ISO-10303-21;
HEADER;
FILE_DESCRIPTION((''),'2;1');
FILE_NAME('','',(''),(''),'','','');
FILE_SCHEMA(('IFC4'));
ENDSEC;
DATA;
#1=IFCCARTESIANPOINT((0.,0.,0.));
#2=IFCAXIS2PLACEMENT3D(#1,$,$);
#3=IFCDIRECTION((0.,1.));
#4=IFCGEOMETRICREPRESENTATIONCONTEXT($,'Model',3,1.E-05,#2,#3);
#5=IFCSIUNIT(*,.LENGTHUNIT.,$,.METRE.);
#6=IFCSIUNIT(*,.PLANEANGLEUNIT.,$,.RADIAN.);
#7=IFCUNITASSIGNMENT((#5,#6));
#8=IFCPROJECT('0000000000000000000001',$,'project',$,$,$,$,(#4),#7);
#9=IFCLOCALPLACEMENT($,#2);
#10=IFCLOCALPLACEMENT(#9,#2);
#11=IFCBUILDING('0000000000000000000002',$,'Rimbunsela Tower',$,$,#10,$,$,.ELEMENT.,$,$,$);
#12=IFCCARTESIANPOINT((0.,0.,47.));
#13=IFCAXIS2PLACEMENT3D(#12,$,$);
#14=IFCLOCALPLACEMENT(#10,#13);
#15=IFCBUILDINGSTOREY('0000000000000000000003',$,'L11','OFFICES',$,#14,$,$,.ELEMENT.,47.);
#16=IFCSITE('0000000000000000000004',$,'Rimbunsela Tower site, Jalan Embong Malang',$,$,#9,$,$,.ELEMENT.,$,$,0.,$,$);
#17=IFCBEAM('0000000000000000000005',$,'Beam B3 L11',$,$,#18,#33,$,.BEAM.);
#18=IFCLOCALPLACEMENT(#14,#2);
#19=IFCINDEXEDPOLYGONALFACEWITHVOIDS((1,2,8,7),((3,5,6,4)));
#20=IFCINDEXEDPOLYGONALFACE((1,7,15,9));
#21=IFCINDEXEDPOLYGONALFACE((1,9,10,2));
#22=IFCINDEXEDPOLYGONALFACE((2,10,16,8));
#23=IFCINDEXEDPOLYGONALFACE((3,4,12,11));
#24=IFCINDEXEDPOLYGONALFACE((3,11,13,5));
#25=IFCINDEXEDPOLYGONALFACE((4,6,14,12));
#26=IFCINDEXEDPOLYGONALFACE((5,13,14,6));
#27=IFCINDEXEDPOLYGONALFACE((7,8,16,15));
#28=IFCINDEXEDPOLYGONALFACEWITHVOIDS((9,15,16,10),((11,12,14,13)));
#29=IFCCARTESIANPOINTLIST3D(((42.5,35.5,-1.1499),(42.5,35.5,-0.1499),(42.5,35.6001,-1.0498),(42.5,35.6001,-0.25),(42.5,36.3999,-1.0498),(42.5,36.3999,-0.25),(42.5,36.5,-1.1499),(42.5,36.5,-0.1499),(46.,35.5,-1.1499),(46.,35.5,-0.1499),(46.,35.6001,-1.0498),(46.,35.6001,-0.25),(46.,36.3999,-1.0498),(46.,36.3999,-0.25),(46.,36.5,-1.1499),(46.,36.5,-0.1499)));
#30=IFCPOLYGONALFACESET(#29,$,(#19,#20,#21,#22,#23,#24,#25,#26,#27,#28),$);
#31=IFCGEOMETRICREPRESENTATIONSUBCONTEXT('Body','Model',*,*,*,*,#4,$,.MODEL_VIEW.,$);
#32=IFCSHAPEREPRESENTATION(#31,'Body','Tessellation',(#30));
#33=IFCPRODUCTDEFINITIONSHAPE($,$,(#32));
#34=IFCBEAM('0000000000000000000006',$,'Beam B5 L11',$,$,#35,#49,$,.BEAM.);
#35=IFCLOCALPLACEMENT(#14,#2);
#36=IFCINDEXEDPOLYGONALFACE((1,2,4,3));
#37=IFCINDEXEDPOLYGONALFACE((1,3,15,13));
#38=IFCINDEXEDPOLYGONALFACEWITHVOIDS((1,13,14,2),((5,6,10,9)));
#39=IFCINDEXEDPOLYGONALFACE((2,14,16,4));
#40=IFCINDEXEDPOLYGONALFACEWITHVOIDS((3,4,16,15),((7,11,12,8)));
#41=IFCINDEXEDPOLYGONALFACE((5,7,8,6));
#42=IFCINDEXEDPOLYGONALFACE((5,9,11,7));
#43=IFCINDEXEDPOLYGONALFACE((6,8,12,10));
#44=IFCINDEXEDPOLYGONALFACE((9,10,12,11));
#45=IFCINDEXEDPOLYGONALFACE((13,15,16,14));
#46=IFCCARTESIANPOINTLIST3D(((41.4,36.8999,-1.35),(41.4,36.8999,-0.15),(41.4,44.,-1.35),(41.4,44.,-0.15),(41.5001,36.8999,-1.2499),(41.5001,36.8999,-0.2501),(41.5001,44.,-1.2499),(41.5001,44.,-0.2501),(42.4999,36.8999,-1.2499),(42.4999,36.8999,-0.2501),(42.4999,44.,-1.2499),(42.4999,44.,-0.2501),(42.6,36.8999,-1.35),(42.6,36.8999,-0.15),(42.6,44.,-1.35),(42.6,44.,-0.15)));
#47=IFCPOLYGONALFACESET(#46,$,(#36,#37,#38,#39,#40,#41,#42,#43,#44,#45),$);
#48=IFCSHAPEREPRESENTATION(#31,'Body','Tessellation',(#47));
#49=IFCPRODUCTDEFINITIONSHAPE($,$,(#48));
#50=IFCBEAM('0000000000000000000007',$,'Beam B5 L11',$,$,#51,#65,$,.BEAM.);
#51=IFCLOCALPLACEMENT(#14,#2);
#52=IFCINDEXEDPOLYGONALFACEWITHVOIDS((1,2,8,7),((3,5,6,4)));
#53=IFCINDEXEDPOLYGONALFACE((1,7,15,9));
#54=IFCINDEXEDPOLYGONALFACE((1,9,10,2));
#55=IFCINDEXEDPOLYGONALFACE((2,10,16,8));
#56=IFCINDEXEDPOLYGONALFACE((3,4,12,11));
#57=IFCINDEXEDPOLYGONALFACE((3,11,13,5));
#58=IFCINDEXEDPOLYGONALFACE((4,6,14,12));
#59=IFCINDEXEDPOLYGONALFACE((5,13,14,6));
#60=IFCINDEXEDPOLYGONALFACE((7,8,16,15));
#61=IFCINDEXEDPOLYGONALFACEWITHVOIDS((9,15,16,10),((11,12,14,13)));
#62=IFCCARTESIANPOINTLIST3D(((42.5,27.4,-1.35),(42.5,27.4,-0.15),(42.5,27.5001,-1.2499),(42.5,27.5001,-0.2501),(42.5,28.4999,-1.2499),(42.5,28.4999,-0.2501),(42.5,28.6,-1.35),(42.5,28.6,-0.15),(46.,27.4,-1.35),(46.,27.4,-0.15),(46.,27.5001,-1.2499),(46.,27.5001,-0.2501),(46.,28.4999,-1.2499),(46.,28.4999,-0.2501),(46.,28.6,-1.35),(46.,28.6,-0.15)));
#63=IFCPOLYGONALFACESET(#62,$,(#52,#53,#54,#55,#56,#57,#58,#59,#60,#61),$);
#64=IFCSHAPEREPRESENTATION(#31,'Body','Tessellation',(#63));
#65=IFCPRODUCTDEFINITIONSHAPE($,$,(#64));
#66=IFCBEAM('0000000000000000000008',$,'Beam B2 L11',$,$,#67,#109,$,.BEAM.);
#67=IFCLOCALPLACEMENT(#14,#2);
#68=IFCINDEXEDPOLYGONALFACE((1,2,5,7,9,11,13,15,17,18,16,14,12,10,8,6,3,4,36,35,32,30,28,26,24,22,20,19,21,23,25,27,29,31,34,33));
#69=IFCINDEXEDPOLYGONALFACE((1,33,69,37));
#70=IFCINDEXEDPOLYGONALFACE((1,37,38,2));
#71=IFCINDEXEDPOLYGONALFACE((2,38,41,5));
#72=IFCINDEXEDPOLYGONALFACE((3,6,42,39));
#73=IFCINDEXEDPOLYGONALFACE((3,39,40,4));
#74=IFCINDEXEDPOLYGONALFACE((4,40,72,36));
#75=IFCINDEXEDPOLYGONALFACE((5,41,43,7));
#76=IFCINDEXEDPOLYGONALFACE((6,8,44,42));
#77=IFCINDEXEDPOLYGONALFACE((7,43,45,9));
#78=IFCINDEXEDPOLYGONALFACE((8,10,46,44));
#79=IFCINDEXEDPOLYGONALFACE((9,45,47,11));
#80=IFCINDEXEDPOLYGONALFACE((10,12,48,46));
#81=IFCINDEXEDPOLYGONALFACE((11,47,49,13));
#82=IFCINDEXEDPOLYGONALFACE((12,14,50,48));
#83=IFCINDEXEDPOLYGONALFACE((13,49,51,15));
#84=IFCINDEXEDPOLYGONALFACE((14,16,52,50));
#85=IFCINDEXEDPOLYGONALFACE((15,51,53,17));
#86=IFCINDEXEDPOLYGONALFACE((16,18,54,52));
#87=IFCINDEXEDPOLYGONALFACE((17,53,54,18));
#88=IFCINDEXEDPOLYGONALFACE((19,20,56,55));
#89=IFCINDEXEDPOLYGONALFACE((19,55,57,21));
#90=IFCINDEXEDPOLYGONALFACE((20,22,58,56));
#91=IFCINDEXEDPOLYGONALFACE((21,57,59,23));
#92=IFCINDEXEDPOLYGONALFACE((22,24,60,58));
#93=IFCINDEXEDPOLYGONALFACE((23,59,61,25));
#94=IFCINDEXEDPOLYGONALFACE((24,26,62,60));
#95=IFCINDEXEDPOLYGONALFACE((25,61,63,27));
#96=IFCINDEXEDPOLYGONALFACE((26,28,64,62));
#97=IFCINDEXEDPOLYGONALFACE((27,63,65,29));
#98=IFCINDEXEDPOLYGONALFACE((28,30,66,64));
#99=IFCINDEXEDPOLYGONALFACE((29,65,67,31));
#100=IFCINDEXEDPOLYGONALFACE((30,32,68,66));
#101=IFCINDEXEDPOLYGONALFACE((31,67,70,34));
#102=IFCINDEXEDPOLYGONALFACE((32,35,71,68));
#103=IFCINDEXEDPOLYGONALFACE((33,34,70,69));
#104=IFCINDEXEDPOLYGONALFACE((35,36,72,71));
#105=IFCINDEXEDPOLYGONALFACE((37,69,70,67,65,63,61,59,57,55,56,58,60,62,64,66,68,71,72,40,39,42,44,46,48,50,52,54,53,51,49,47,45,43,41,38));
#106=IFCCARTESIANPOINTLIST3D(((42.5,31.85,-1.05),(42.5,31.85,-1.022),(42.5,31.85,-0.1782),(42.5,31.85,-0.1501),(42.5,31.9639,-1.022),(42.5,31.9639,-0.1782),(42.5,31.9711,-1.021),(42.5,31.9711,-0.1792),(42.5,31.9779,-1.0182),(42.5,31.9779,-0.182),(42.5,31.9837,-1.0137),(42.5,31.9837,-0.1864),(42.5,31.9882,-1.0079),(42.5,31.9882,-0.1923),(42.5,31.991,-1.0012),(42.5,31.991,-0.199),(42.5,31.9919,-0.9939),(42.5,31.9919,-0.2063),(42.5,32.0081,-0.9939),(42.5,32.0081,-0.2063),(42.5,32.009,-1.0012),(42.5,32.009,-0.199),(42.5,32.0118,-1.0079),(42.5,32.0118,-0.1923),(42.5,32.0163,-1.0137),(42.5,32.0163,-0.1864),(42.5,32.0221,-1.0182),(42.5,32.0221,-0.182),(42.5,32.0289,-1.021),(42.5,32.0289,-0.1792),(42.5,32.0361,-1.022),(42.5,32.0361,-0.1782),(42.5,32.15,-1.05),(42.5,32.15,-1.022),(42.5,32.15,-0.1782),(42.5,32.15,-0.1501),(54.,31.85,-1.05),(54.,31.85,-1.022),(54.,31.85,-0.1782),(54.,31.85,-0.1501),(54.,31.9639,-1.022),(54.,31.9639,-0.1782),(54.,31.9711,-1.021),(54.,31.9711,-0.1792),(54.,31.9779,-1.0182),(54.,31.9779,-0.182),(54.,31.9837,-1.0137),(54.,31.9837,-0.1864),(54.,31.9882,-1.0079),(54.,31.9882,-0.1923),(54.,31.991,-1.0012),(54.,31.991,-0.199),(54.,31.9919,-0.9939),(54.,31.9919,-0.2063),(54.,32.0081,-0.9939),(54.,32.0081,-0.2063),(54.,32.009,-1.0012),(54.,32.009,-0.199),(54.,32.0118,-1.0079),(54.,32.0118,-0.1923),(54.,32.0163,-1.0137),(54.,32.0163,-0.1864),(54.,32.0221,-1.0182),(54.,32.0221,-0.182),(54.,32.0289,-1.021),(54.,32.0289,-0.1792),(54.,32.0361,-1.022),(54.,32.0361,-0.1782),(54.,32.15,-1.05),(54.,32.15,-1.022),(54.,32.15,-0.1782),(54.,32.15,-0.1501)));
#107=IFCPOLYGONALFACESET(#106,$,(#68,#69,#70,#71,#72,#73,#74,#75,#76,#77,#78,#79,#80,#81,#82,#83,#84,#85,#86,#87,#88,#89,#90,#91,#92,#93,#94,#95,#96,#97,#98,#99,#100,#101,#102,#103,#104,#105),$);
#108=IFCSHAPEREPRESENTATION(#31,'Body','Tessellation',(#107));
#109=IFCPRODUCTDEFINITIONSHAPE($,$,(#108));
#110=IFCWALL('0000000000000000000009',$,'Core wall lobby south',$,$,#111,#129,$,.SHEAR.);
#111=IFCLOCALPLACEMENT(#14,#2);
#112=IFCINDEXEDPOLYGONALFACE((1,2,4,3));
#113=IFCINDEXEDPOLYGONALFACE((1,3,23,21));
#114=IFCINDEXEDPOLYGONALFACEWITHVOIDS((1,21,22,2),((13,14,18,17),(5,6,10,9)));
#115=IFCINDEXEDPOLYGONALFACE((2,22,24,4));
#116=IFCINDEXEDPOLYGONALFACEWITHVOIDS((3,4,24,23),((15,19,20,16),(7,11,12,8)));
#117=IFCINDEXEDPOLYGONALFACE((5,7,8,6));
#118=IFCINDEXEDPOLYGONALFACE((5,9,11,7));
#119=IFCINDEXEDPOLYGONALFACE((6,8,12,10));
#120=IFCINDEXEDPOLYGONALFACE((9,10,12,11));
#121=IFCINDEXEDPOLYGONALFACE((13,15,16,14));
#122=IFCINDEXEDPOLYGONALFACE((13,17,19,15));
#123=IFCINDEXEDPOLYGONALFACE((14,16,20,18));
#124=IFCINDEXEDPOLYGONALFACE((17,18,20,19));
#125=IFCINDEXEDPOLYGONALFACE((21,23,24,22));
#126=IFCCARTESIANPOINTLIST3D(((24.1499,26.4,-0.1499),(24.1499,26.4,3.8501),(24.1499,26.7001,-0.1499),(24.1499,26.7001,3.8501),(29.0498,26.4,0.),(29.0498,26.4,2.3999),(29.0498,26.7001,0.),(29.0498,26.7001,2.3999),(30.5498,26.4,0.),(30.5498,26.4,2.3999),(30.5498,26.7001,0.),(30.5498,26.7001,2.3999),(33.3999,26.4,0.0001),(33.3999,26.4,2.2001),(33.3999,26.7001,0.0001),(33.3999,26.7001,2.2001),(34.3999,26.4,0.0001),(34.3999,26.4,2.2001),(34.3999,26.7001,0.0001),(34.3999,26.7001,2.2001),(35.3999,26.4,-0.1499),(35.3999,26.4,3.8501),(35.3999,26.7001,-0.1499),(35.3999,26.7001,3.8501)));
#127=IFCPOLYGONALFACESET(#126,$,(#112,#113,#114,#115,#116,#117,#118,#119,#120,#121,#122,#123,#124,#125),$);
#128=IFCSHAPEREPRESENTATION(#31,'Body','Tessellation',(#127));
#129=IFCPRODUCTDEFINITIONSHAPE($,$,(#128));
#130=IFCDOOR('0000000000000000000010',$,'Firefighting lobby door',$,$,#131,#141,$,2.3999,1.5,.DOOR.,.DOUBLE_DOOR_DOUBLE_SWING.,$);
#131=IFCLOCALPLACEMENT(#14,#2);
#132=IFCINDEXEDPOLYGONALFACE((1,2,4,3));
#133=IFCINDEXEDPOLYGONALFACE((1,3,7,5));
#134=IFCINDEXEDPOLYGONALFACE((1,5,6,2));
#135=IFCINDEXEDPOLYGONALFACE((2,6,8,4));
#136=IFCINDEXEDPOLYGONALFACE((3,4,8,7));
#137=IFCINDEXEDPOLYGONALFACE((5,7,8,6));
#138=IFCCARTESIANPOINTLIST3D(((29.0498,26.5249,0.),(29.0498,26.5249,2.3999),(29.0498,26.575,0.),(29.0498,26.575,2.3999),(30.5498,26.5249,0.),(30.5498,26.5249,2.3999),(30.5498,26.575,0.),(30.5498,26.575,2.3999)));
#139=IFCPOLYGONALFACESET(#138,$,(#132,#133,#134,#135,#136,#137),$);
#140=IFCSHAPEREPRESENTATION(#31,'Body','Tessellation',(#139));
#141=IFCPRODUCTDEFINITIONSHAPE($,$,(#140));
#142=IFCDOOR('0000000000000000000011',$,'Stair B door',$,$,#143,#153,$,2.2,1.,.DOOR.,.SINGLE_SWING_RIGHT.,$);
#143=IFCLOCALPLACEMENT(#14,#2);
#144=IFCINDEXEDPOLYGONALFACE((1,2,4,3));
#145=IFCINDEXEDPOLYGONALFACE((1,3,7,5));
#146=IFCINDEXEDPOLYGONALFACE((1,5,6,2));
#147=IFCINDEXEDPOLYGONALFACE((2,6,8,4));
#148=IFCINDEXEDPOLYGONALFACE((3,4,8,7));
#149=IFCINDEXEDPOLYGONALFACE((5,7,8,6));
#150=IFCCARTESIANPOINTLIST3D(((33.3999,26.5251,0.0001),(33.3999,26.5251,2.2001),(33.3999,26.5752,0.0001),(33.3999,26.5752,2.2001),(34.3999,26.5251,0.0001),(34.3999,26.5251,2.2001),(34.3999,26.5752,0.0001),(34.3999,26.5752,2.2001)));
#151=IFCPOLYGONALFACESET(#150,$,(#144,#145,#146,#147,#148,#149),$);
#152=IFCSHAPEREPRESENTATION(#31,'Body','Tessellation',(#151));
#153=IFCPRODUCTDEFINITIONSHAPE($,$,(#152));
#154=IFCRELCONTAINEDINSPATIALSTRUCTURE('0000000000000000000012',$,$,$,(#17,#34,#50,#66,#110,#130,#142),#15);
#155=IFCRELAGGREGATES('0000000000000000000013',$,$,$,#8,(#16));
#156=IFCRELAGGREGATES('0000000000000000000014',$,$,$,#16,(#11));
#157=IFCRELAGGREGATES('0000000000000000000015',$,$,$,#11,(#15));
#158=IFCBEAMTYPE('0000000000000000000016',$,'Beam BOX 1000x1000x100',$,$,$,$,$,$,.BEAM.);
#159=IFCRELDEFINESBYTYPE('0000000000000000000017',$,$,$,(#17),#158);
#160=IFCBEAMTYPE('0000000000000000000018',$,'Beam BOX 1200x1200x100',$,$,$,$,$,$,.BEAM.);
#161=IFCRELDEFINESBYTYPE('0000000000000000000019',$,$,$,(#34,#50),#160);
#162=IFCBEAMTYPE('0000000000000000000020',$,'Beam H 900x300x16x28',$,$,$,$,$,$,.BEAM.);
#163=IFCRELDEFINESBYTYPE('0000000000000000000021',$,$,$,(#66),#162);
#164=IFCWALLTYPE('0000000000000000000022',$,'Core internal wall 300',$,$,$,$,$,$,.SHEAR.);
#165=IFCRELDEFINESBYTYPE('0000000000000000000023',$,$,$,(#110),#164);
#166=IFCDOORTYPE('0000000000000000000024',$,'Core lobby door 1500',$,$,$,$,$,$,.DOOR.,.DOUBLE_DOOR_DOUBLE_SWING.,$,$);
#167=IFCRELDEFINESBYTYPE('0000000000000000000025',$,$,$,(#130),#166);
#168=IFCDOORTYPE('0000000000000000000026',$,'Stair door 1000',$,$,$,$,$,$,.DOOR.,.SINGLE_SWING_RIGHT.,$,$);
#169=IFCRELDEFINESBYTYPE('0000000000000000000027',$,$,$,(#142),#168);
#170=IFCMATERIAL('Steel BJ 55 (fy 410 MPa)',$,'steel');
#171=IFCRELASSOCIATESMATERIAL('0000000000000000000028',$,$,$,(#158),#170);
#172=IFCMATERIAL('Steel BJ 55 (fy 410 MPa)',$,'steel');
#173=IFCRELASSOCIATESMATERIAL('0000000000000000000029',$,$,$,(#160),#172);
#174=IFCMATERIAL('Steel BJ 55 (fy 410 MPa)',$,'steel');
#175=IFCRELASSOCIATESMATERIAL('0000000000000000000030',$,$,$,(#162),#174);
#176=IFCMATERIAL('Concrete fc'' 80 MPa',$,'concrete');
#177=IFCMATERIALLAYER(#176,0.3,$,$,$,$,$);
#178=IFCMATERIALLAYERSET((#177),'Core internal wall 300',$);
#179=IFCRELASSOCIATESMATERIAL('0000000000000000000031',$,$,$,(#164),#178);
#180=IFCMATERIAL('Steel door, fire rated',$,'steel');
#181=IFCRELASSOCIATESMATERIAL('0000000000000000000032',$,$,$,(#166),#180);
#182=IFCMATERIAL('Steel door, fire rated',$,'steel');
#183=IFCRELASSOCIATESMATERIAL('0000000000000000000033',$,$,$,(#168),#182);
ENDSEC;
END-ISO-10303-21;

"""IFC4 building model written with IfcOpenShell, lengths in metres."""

from ifc_helpers import new_model, si_unit, direction, frame, frame_2d, origin, origin_2d, place, context, subcontext, project, spatial, rectangle, hollow_rectangle, i_section, extrude, material, layer, layer_set, material_profile, profile_set, type_object, element, fill, save


model = new_model("IFC4")

# Units and contexts
model_context = context("Model", 3, precision=1e-05, world=origin(), true_north=direction((0.0, 1.0)))
body_context = subcontext(model_context, "Body", "Model", "MODEL_VIEW")
ifc_project = project(units=[si_unit("LENGTHUNIT", "METRE"), si_unit("PLANEANGLEUNIT", "RADIAN")], contexts=[model_context])

# Site, building, storey
site_placement = place(None, origin())
site = spatial("IfcSite", under=ifc_project, at=site_placement, Name="Rimbunsela Tower site, Jalan Embong Malang", CompositionType="ELEMENT", RefElevation=0.0)
building_placement = place(site_placement, origin())
building = spatial("IfcBuilding", under=site, at=building_placement, Name="Rimbunsela Tower", CompositionType="ELEMENT")
storey_placement = place(building_placement, frame((0.0, 0.0, 47.0)))
storey = spatial("IfcBuildingStorey", under=building, at=storey_placement, Name="L11", Description="OFFICES", CompositionType="ELEMENT", Elevation=47.0)

# Beams
ifc_material_1 = material(Name="Steel BJ 55 (fy 410 MPa)", Category="steel")
ifc_material_profile_1 = material_profile(ifc_material_1, hollow_rectangle(XDim=1.0, YDim=1.0, WallThickness=0.1001, at=origin_2d()), Name="BOX 1000x1000x100")
ifc_profile_set_1 = profile_set([ifc_material_profile_1], Name="Steel BJ 55 (fy 410 MPa)")
beam_type_1 = type_object("IfcBeamType", Name="Beam BOX 1000x1000x100", PredefinedType="BEAM", material=ifc_profile_set_1)
beam_1_placement = place(storey_placement, frame((42.5, 36.0, -0.6499), z_axis=(1.0, 0.0, 0.0), x_axis=(0.0, 1.0, 0.0)))
element("IfcBeam", 1, at=beam_1_placement, inside=storey, type_object=beam_type_1, Name="Beam B3 L11", PredefinedType="BEAM", context=body_context, shape_type="SweptSolid", body=[
    extrude(hollow_rectangle(XDim=1.0, YDim=1.0, WallThickness=0.1001, at=origin_2d()), origin(), (0.0, 0.0, 1.0), 3.5),
])
ifc_material_2 = material(Name="Steel BJ 55 (fy 410 MPa)", Category="steel")
ifc_material_profile_2 = material_profile(ifc_material_2, hollow_rectangle(XDim=1.2, YDim=1.2, WallThickness=0.1001, at=origin_2d()), Name="BOX 1200x1200x100")
ifc_profile_set_2 = profile_set([ifc_material_profile_2], Name="Steel BJ 55 (fy 410 MPa)")
beam_type_2 = type_object("IfcBeamType", Name="Beam BOX 1200x1200x100", PredefinedType="BEAM", material=ifc_profile_set_2)
beam_2_placement = place(storey_placement, frame((42.0, 36.8999, -0.75), z_axis=(0.0, 1.0, 0.0), x_axis=(-1.0, 0.0, 0.0)))
element("IfcBeam", 2, at=beam_2_placement, inside=storey, type_object=beam_type_2, Name="Beam B5 L11", PredefinedType="BEAM", context=body_context, shape_type="SweptSolid", body=[
    extrude(hollow_rectangle(XDim=1.2, YDim=1.2, WallThickness=0.1001, at=origin_2d()), origin(), (0.0, 0.0, 1.0), 7.1001),
])
beam_3_placement = place(storey_placement, frame((42.5, 28.0, -0.75), z_axis=(1.0, 0.0, 0.0), x_axis=(0.0, 1.0, 0.0)))
element("IfcBeam", 3, at=beam_3_placement, inside=storey, type_object=beam_type_2, Name="Beam B5 L11", PredefinedType="BEAM", context=body_context, shape_type="SweptSolid", body=[
    extrude(hollow_rectangle(XDim=1.2, YDim=1.2, WallThickness=0.1001, at=origin_2d()), origin(), (0.0, 0.0, 1.0), 3.5),
])
ifc_material_3 = material(Name="Steel BJ 55 (fy 410 MPa)", Category="steel")
ifc_material_profile_3 = material_profile(ifc_material_3, i_section(OverallWidth=0.3, OverallDepth=0.8999, WebThickness=0.0161, FlangeThickness=0.0281, FilletRadius=0.0281, at=origin_2d()), Name="H 900x300x16x28")
ifc_profile_set_3 = profile_set([ifc_material_profile_3], Name="Steel BJ 55 (fy 410 MPa)")
beam_type_3 = type_object("IfcBeamType", Name="Beam H 900x300x16x28", PredefinedType="BEAM", material=ifc_profile_set_3)
beam_4_placement = place(storey_placement, frame((42.5, 32.0, -0.6001), z_axis=(1.0, 0.0, 0.0), x_axis=(0.0, 1.0, 0.0)))
element("IfcBeam", 4, at=beam_4_placement, inside=storey, type_object=beam_type_3, Name="Beam B2 L11", PredefinedType="BEAM", context=body_context, shape_type="SweptSolid", body=[
    extrude(i_section(OverallWidth=0.3, OverallDepth=0.8999, WebThickness=0.0161, FlangeThickness=0.0281, FilletRadius=0.0281, at=origin_2d()), origin(), (0.0, 0.0, 1.0), 11.5),
])

# Wall, openings, doors
ifc_material_4 = material(Name="Concrete fc' 80 MPa", Category="concrete")
ifc_layer_1 = layer(ifc_material_4, 0.3)
ifc_layer_set_1 = layer_set([ifc_layer_1], Name="Core internal wall 300")
wall_type_1 = type_object("IfcWallType", Name="Core internal wall 300", PredefinedType="SHEAR", material=ifc_layer_set_1)
wall_1_placement = place(storey_placement, frame((24.1499, 26.55, -0.1499), z_axis=(0.0, 0.0, 1.0), x_axis=(1.0, 0.0, 0.0)))
wall_1 = element("IfcWall", 5, at=wall_1_placement, inside=storey, type_object=wall_type_1, Name="Core wall lobby south", PredefinedType="SHEAR", context=body_context, shape_type="SweptSolid", body=[
    extrude(rectangle(XDim=11.25, YDim=0.3, at=frame_2d((5.625, 0.0))), origin(), (0.0, 0.0, 1.0), 4.0),
])
opening_1_placement = place(wall_1_placement, frame((9.25, 0.0, 0.1499)))
opening_1 = element("IfcOpeningElement", 6, at=opening_1_placement, cuts=wall_1, PredefinedType="OPENING", context=body_context, shape_type="SweptSolid", body=[
    extrude(rectangle(XDim=1.0, YDim=2.2, at=frame_2d((0.5, 1.1001))), frame((0.0, 0.1599, 0.0), z_axis=(0.0, -1.0, 0.0), x_axis=(1.0, 0.0, 0.0)), (0.0, 0.0, 1.0), 0.3201),
])
opening_2_placement = place(wall_1_placement, frame((4.8999, 0.0, 0.1499)))
opening_2 = element("IfcOpeningElement", 7, at=opening_2_placement, cuts=wall_1, PredefinedType="OPENING", context=body_context, shape_type="SweptSolid", body=[
    extrude(rectangle(XDim=1.5, YDim=2.3999, at=frame_2d((0.75, 1.2))), frame((0.0, 0.1599, 0.0), z_axis=(0.0, -1.0, 0.0), x_axis=(1.0, 0.0, 0.0)), (0.0, 0.0, 1.0), 0.3201),
])
ifc_material_5 = material(Name="Steel door, fire rated", Category="steel")
door_type_1 = type_object("IfcDoorType", Name="Core lobby door 1500", OperationType="DOUBLE_DOOR_DOUBLE_SWING", PredefinedType="DOOR", material=ifc_material_5)
door_1_placement = place(opening_2_placement, origin())
door_1 = element("IfcDoor", 8, at=door_1_placement, inside=storey, type_object=door_type_1, Name="Firefighting lobby door", OperationType="DOUBLE_DOOR_DOUBLE_SWING", OverallHeight=2.3999, OverallWidth=1.5, PredefinedType="DOOR", context=body_context, shape_type="SweptSolid", body=[
    extrude(rectangle(XDim=1.5, YDim=2.3999, at=frame_2d((0.75, 1.2))), frame((0.0, 0.0249, 0.0), z_axis=(0.0, -1.0, 0.0), x_axis=(1.0, 0.0, 0.0)), (0.0, 0.0, 1.0), 0.05),
])
fill(opening_2, door_1)
ifc_material_6 = material(Name="Steel door, fire rated", Category="steel")
door_type_2 = type_object("IfcDoorType", Name="Stair door 1000", OperationType="SINGLE_SWING_RIGHT", PredefinedType="DOOR", material=ifc_material_6)
door_2_placement = place(opening_1_placement, frame((1.0, 0.0, 0.0), z_axis=(0.0, 0.0, 1.0), x_axis=(-1.0, 0.0, 0.0)))
door_2 = element("IfcDoor", 9, at=door_2_placement, inside=storey, type_object=door_type_2, Name="Stair B door", OperationType="SINGLE_SWING_RIGHT", OverallHeight=2.2, OverallWidth=1.0, PredefinedType="DOOR", context=body_context, shape_type="SweptSolid", body=[
    extrude(rectangle(XDim=1.0, YDim=2.2, at=frame_2d((0.5, 1.1001))), frame((0.0, 0.0249, 0.0), z_axis=(0.0, -1.0, 0.0), x_axis=(1.0, 0.0, 0.0)), (0.0, 0.0, 1.0), 0.05),
])
fill(opening_1, door_2)

save(model, "model.ifc")
